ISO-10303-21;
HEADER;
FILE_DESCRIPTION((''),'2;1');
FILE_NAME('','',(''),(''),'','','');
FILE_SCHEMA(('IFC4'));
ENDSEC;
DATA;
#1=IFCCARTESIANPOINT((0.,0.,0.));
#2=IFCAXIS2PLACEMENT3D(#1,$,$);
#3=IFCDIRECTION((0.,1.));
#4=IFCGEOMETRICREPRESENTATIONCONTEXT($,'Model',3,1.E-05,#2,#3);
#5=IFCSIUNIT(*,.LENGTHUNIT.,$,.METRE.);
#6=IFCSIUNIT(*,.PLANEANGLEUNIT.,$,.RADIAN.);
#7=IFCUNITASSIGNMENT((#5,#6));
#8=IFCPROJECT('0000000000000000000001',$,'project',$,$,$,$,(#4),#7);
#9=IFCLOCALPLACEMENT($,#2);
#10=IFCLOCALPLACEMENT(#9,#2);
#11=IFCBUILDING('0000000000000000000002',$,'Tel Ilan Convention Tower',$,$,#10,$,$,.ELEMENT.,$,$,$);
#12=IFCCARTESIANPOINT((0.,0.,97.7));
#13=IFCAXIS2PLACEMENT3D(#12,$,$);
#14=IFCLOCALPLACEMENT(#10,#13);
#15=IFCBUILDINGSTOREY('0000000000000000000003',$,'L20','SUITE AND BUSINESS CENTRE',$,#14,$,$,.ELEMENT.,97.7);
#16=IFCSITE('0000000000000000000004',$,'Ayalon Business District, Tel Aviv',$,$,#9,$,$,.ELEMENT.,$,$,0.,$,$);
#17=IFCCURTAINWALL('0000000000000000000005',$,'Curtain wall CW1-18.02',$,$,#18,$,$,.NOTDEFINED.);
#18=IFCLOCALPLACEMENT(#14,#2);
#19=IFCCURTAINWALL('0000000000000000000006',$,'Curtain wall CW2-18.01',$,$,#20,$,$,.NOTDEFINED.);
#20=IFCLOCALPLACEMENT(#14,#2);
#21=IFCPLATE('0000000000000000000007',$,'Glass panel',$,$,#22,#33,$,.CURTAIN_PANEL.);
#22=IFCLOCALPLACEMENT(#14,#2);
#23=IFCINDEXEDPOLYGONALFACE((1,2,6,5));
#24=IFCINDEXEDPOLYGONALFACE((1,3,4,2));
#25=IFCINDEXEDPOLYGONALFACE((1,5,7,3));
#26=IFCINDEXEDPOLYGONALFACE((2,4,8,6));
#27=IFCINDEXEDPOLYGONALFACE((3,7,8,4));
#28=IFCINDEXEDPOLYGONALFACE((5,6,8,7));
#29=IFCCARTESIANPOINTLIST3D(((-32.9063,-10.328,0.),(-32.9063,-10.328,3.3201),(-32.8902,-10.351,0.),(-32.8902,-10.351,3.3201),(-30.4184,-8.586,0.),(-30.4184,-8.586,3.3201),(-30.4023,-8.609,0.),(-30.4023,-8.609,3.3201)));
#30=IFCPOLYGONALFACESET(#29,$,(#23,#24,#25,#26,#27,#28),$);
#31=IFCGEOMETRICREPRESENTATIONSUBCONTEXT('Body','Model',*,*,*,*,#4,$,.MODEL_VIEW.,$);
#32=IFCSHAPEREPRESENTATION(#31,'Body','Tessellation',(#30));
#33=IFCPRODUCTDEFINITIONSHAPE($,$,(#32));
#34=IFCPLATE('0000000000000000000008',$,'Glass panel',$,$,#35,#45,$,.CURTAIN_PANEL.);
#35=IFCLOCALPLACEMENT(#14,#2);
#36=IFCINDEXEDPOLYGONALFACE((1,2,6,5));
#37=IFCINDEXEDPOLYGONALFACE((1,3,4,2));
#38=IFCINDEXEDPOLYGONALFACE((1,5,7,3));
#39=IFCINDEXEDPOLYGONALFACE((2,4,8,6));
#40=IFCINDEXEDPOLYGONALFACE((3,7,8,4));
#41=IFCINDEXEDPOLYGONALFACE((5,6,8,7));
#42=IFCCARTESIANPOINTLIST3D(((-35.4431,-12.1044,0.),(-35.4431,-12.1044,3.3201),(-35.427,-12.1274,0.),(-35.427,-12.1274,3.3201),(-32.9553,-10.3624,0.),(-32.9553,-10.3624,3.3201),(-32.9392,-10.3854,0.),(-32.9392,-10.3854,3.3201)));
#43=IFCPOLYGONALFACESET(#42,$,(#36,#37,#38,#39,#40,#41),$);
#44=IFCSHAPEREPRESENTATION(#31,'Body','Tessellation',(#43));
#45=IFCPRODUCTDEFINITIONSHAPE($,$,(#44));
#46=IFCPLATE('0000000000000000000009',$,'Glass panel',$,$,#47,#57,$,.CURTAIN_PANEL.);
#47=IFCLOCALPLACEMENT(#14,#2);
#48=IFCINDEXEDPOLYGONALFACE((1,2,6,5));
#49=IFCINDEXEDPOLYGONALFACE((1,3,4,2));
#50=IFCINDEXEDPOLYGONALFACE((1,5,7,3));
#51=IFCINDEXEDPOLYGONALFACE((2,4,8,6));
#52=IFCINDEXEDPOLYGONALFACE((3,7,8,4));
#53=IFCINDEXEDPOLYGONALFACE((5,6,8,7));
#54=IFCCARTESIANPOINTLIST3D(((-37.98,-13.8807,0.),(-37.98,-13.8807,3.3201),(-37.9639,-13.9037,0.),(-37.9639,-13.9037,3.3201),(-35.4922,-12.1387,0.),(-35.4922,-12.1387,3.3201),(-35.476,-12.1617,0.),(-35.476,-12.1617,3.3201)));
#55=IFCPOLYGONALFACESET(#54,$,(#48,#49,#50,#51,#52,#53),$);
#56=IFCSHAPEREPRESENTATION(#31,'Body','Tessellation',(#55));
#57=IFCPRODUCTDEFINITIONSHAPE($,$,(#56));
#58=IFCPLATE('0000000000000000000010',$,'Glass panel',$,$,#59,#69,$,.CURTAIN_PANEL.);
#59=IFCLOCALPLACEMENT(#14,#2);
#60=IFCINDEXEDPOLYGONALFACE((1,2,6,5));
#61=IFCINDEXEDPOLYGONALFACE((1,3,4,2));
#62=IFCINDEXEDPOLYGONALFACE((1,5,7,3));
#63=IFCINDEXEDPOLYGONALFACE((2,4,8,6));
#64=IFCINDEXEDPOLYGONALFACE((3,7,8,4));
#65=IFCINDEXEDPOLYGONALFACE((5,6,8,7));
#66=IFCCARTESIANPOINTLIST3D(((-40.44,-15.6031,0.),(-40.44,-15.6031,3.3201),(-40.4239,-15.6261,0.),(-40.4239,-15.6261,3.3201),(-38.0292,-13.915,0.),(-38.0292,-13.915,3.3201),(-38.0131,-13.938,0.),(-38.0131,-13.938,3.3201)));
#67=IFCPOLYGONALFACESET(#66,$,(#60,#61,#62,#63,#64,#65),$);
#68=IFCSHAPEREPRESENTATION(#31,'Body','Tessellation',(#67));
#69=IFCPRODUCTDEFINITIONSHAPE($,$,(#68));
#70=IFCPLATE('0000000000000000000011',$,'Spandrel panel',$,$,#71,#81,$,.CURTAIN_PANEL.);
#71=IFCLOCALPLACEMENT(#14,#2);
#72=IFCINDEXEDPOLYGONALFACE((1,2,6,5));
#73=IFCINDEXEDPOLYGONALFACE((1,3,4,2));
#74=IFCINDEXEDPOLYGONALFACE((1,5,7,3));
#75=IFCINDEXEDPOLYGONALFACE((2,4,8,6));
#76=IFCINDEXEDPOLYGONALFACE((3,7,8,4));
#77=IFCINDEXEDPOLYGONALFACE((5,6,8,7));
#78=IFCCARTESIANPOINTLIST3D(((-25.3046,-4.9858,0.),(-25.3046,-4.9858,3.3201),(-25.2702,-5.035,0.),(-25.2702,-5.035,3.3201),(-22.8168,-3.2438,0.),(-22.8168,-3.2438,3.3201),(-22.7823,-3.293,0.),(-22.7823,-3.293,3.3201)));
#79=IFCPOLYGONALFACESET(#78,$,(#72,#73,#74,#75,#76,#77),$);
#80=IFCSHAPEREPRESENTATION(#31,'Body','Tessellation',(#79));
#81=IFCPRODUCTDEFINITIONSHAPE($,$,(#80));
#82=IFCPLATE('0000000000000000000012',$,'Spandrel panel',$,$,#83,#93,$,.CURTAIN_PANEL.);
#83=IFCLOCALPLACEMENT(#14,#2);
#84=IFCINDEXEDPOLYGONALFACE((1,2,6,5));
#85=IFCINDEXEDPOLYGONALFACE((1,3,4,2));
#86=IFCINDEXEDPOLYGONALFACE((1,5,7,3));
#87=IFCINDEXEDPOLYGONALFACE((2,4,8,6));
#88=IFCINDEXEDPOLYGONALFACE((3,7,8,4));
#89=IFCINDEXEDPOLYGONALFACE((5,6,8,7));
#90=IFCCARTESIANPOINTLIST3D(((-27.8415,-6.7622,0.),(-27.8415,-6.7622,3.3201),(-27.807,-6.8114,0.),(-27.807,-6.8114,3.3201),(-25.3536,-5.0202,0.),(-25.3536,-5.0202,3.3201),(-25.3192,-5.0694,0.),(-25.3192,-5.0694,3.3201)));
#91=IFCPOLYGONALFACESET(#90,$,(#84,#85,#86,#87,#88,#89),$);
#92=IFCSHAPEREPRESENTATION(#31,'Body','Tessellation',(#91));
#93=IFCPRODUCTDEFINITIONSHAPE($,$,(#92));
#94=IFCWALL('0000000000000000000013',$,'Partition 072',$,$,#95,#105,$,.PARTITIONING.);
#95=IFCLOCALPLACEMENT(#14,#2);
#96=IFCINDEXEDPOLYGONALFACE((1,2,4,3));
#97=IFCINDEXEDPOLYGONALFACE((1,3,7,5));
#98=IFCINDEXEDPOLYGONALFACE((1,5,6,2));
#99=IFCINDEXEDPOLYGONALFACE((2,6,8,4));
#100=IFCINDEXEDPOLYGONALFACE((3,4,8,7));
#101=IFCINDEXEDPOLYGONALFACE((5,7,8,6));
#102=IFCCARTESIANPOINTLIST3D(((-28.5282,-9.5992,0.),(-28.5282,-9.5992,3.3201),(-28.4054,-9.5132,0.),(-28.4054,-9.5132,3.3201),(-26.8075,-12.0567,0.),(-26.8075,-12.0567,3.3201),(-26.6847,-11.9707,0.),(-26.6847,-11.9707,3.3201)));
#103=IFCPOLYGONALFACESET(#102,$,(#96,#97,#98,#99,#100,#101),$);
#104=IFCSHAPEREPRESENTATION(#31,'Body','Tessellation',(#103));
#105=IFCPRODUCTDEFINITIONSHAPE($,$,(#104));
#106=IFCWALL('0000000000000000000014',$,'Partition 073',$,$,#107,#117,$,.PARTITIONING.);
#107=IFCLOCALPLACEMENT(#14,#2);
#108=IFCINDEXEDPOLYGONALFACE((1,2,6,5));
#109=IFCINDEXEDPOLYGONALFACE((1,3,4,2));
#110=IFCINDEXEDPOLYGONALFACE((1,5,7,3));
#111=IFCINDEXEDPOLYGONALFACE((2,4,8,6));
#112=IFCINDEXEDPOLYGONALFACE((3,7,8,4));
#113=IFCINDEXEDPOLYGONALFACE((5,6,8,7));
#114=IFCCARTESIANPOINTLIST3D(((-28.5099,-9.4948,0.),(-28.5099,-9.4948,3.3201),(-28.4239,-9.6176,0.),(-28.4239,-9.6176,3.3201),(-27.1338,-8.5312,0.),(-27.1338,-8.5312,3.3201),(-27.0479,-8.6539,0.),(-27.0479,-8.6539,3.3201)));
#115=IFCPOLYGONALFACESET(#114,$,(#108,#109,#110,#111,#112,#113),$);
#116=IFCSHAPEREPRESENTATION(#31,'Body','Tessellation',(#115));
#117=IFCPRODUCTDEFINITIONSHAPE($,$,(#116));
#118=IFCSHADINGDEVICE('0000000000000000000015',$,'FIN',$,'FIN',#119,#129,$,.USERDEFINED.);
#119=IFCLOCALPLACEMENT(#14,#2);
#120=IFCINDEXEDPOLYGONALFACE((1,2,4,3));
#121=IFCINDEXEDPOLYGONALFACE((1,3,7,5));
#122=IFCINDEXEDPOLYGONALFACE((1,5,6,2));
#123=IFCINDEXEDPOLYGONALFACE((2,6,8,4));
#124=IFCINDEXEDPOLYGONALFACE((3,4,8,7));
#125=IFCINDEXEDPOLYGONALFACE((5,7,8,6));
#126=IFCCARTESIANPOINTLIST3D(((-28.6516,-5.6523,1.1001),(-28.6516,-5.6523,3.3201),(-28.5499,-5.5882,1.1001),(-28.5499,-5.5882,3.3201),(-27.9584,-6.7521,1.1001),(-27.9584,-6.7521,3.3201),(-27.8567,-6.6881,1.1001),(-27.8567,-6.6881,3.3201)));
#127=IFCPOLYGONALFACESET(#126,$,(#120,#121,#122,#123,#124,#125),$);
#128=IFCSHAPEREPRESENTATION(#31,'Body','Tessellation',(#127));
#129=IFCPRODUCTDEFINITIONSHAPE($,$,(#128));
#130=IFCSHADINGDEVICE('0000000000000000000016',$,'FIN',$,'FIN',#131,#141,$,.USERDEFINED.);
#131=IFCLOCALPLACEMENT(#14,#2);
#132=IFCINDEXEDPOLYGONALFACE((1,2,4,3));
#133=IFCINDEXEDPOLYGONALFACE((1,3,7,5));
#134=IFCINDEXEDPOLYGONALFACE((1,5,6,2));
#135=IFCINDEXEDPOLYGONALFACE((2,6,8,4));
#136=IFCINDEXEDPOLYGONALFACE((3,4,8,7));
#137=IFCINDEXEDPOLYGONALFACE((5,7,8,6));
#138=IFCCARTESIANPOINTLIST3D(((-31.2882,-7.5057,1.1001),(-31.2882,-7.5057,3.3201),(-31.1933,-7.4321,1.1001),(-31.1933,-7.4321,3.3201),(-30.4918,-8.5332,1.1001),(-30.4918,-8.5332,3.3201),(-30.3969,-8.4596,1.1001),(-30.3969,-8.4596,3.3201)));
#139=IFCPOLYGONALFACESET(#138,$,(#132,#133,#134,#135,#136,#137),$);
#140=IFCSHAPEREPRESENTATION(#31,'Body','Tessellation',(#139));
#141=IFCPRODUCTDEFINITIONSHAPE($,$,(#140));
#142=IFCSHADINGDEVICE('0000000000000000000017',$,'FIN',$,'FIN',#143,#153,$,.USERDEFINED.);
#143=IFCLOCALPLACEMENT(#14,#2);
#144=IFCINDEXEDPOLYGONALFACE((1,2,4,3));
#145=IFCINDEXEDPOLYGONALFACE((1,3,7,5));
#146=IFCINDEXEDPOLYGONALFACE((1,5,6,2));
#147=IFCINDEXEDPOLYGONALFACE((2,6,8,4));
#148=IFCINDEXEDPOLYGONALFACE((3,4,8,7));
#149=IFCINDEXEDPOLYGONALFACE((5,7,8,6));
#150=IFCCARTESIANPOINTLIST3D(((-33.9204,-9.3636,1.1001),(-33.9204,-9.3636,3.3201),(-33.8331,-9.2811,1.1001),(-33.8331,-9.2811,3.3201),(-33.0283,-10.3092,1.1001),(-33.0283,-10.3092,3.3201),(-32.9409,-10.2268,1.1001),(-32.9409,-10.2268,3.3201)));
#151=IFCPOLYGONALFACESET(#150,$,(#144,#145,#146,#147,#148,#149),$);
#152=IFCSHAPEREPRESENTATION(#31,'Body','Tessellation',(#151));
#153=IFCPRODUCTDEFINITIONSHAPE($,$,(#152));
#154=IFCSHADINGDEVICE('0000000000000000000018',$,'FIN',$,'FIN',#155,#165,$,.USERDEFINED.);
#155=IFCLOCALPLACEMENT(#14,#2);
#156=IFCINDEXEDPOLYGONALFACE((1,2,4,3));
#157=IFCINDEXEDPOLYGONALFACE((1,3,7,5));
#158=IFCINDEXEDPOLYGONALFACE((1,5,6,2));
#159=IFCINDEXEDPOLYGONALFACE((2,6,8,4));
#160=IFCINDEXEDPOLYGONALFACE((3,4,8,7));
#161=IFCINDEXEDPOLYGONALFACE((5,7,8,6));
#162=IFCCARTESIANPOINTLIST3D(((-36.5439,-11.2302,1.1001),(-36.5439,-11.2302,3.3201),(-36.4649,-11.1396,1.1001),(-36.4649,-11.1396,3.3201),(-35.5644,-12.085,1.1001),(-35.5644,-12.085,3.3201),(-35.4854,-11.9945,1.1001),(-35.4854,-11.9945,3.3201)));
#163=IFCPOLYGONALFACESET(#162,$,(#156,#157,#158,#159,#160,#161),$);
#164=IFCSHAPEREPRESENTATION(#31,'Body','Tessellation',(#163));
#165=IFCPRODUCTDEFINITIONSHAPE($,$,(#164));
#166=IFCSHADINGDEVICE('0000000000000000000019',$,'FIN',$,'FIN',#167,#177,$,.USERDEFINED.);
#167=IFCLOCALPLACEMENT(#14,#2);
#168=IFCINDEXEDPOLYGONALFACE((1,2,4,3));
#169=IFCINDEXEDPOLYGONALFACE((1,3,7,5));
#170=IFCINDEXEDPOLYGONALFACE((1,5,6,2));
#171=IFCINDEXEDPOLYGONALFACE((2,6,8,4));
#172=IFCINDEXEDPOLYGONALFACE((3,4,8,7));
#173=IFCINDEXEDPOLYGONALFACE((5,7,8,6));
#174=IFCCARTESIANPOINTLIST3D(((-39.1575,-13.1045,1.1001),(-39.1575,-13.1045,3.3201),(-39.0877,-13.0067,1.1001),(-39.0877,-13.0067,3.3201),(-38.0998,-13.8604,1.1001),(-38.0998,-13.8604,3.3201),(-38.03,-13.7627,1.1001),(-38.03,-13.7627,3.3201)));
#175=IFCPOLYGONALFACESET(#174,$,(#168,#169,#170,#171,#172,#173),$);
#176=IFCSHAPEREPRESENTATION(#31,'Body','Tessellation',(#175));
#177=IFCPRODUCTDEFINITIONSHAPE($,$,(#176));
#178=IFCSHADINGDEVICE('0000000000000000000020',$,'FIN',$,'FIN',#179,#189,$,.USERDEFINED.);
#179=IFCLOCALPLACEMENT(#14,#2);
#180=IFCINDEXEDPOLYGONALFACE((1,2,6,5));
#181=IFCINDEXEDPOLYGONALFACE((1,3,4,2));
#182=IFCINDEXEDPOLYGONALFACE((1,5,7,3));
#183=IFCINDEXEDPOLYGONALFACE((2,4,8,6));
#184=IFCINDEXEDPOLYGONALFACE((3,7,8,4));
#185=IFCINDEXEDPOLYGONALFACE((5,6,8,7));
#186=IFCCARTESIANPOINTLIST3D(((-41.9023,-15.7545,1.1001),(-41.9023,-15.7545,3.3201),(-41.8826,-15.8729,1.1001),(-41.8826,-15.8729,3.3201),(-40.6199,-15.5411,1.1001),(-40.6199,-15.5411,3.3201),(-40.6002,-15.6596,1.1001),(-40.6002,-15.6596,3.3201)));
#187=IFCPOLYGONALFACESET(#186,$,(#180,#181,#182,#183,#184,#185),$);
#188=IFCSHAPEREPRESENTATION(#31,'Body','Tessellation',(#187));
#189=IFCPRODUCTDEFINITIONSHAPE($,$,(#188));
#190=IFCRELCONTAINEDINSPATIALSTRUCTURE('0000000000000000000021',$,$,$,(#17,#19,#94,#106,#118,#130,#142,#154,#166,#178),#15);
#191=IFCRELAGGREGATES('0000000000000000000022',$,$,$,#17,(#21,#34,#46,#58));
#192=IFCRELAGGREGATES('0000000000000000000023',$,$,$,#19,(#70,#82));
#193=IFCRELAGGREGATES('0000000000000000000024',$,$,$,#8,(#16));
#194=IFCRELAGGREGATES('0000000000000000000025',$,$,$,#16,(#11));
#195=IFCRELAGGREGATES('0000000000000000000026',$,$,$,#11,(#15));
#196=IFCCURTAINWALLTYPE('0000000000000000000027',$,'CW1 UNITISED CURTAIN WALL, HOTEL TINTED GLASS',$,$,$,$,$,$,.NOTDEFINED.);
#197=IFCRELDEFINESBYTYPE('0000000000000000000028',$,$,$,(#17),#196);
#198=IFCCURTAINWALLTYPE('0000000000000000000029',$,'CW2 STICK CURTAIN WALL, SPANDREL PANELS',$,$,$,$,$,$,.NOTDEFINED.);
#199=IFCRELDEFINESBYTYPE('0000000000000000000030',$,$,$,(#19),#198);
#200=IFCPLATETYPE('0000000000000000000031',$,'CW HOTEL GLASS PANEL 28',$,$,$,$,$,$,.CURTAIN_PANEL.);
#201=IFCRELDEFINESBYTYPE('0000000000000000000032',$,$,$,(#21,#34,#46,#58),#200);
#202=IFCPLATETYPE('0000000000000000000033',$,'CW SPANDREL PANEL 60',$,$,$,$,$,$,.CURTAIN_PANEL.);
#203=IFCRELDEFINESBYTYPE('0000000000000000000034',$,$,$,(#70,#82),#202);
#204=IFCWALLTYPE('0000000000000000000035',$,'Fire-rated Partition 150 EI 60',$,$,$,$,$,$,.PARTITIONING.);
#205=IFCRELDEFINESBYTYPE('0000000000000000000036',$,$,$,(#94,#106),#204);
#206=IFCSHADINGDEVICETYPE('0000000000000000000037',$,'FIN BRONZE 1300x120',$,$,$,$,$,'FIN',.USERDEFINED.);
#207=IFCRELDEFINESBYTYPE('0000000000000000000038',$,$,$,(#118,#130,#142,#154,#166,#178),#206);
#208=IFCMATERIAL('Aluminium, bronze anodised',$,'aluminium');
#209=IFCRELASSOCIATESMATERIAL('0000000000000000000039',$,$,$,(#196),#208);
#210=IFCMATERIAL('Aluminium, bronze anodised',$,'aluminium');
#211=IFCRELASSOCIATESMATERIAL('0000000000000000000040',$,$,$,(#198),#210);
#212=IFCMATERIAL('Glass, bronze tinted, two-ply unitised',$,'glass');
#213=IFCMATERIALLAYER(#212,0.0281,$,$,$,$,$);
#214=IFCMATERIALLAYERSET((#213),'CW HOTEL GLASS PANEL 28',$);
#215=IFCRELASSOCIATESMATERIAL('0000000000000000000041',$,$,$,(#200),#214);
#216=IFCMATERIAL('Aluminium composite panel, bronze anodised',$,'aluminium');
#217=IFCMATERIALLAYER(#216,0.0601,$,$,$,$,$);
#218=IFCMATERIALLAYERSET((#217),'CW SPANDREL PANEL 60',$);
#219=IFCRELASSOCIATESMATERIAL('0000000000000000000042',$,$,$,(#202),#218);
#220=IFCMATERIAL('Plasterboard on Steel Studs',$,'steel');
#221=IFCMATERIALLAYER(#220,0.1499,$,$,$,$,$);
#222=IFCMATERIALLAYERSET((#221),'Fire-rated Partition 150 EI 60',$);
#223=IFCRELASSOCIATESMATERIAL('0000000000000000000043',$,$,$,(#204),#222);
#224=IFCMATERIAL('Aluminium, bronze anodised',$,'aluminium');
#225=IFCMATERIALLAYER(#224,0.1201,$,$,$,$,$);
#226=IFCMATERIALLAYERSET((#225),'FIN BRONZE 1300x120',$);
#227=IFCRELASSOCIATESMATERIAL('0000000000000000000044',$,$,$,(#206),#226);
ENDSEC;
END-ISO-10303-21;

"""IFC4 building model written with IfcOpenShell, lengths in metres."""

from ifc_helpers import new_model, si_unit, direction, frame, frame_2d, origin, origin_2d, place, context, subcontext, project, spatial, rectangle, extrude, material, layer, layer_set, type_object, element, aggregate, save


model = new_model("IFC4")

# Units and contexts
model_context = context("Model", 3, precision=1e-05, world=origin(), true_north=direction((0.0, 1.0)))
body_context = subcontext(model_context, "Body", "Model", "MODEL_VIEW")
ifc_project = project(units=[si_unit("LENGTHUNIT", "METRE"), si_unit("PLANEANGLEUNIT", "RADIAN")], contexts=[model_context])

# Site, building, storey
site_placement = place(None, origin())
site = spatial("IfcSite", under=ifc_project, at=site_placement, Name="Ayalon Business District, Tel Aviv", CompositionType="ELEMENT", RefElevation=0.0)
building_placement = place(site_placement, origin())
building = spatial("IfcBuilding", under=site, at=building_placement, Name="Tel Ilan Convention Tower", CompositionType="ELEMENT")
storey_placement = place(building_placement, frame((0.0, 0.0, 97.7)))
storey = spatial("IfcBuildingStorey", under=building, at=storey_placement, Name="L20", Description="SUITE AND BUSINESS CENTRE", CompositionType="ELEMENT", Elevation=97.7)

# Curtain wall
ifc_material_1 = material(Name="Aluminium, bronze anodised", Category="aluminium")
curtain_wall_type_1 = type_object("IfcCurtainWallType", Name="CW1 UNITISED CURTAIN WALL, HOTEL TINTED GLASS", PredefinedType="NOTDEFINED", material=ifc_material_1)
curtain_wall_1_placement = place(storey_placement, origin())
curtain_wall_1 = element("IfcCurtainWall", 1, at=curtain_wall_1_placement, inside=storey, type_object=curtain_wall_type_1, Name="Curtain wall CW1-18.02", PredefinedType="NOTDEFINED")

# Curtain wall
ifc_material_2 = material(Name="Aluminium, bronze anodised", Category="aluminium")
curtain_wall_type_2 = type_object("IfcCurtainWallType", Name="CW2 STICK CURTAIN WALL, SPANDREL PANELS", PredefinedType="NOTDEFINED", material=ifc_material_2)
curtain_wall_2_placement = place(storey_placement, origin())
curtain_wall_2 = element("IfcCurtainWall", 2, at=curtain_wall_2_placement, inside=storey, type_object=curtain_wall_type_2, Name="Curtain wall CW2-18.01", PredefinedType="NOTDEFINED")

# Plates
ifc_material_3 = material(Name="Glass, bronze tinted, two-ply unitised", Category="glass")
ifc_layer_1 = layer(ifc_material_3, 0.0281)
ifc_layer_set_1 = layer_set([ifc_layer_1], Name="CW HOTEL GLASS PANEL 28")
plate_type_1 = type_object("IfcPlateType", Name="CW HOTEL GLASS PANEL 28", PredefinedType="CURTAIN_PANEL", material=ifc_layer_set_1)
plate_1_placement = place(storey_placement, frame((-31.6543, -9.4685, 0.0), z_axis=(0.0, 0.0, 1.0), x_axis=(-0.819152, -0.573576, 0.0)))
plate_1 = element("IfcPlate", 3, at=plate_1_placement, type_object=plate_type_1, Name="Glass panel", PredefinedType="CURTAIN_PANEL", context=body_context, shape_type="SweptSolid", body=[
    extrude(rectangle(XDim=3.0371, YDim=0.0281, at=origin_2d()), origin(), (0.0, 0.0, 1.0), 3.3201),
])
plate_2_placement = place(storey_placement, frame((-34.1912, -11.2449, 0.0), z_axis=(0.0, 0.0, 1.0), x_axis=(-0.819152, -0.573576, 0.0)))
plate_2 = element("IfcPlate", 4, at=plate_2_placement, type_object=plate_type_1, Name="Glass panel", PredefinedType="CURTAIN_PANEL", context=body_context, shape_type="SweptSolid", body=[
    extrude(rectangle(XDim=3.0371, YDim=0.0281, at=origin_2d()), origin(), (0.0, 0.0, 1.0), 3.3201),
])
plate_3_placement = place(storey_placement, frame((-36.728, -13.0212, 0.0), z_axis=(0.0, 0.0, 1.0), x_axis=(-0.819152, -0.573576, 0.0)))
plate_3 = element("IfcPlate", 5, at=plate_3_placement, type_object=plate_type_1, Name="Glass panel", PredefinedType="CURTAIN_PANEL", context=body_context, shape_type="SweptSolid", body=[
    extrude(rectangle(XDim=3.0371, YDim=0.0281, at=origin_2d()), origin(), (0.0, 0.0, 1.0), 3.3201),
])
plate_4_placement = place(storey_placement, frame((-39.2266, -14.7705, 0.0), z_axis=(0.0, 0.0, 1.0), x_axis=(-0.819152, -0.573576, 0.0)))
plate_4 = element("IfcPlate", 6, at=plate_4_placement, type_object=plate_type_1, Name="Glass panel", PredefinedType="CURTAIN_PANEL", context=body_context, shape_type="SweptSolid", body=[
    extrude(rectangle(XDim=2.9431, YDim=0.0281, at=origin_2d()), origin(), (0.0, 0.0, 1.0), 3.3201),
])
aggregate(curtain_wall_1, [plate_1, plate_2, plate_3, plate_4])
ifc_material_4 = material(Name="Aluminium composite panel, bronze anodised", Category="aluminium")
ifc_layer_2 = layer(ifc_material_4, 0.0601)
ifc_layer_set_2 = layer_set([ifc_layer_2], Name="CW SPANDREL PANEL 60")
plate_type_2 = type_object("IfcPlateType", Name="CW SPANDREL PANEL 60", PredefinedType="CURTAIN_PANEL", material=ifc_layer_set_2)
plate_5_placement = place(storey_placement, frame((-24.0435, -4.1394, 0.0), z_axis=(0.0, 0.0, 1.0), x_axis=(-0.819152, -0.573576, 0.0)))
plate_5 = element("IfcPlate", 7, at=plate_5_placement, type_object=plate_type_2, Name="Spandrel panel", PredefinedType="CURTAIN_PANEL", context=body_context, shape_type="SweptSolid", body=[
    extrude(rectangle(XDim=3.0371, YDim=0.0601, at=origin_2d()), origin(), (0.0, 0.0, 1.0), 3.3201),
])
plate_6_placement = place(storey_placement, frame((-26.5803, -5.9158, 0.0), z_axis=(0.0, 0.0, 1.0), x_axis=(-0.819152, -0.573576, 0.0)))
plate_6 = element("IfcPlate", 8, at=plate_6_placement, type_object=plate_type_2, Name="Spandrel panel", PredefinedType="CURTAIN_PANEL", context=body_context, shape_type="SweptSolid", body=[
    extrude(rectangle(XDim=3.0371, YDim=0.0601, at=origin_2d()), origin(), (0.0, 0.0, 1.0), 3.3201),
])
aggregate(curtain_wall_2, [plate_5, plate_6])

# Walls
ifc_material_5 = material(Name="Plasterboard on Steel Studs", Category="steel")
ifc_layer_3 = layer(ifc_material_5, 0.1499)
ifc_layer_set_3 = layer_set([ifc_layer_3], Name="Fire-rated Partition 150 EI 60")
wall_type = type_object("IfcWallType", Name="Fire-rated Partition 150 EI 60", PredefinedType="PARTITIONING", material=ifc_layer_set_3)
wall_1_placement = place(storey_placement, frame((-26.7461, -12.0137, 0.0), z_axis=(0.0, 0.0, 1.0), x_axis=(-0.573561, 0.819163, 0.0)))
element("IfcWall", 9, at=wall_1_placement, inside=storey, type_object=wall_type, Name="Partition 072", PredefinedType="PARTITIONING", context=body_context, shape_type="SweptSolid", body=[
    extrude(rectangle(XDim=3.0, YDim=0.1499, at=frame_2d((1.5, 0.0))), origin(), (0.0, 0.0, 1.0), 3.3201),
])
wall_2_placement = place(storey_placement, frame((-28.4668, -9.5562, 0.0), z_axis=(0.0, 0.0, 1.0), x_axis=(0.819109, 0.573638, 0.0)))
element("IfcWall", 10, at=wall_2_placement, inside=storey, type_object=wall_type, Name="Partition 073", PredefinedType="PARTITIONING", context=body_context, shape_type="SweptSolid", body=[
    extrude(rectangle(XDim=1.6799, YDim=0.1499, at=frame_2d((0.8398, 0.0))), origin(), (0.0, 0.0, 1.0), 3.3201),
])

# Shading devices
ifc_material_6 = material(Name="Aluminium, bronze anodised", Category="aluminium")
ifc_layer_4 = layer(ifc_material_6, 0.1201)
ifc_layer_set_4 = layer_set([ifc_layer_4], Name="FIN BRONZE 1300x120")
shading_device_type = type_object("IfcShadingDeviceType", Name="FIN BRONZE 1300x120", ElementType="FIN", PredefinedType="USERDEFINED", material=ifc_layer_set_4)
for number, where, z_axis, x_axis, name in (
    (11, (-28.2542, -6.1702, 1.1001), (0.0, 0.0, 1.0), (-0.533204, 0.845986, 0.0), "FIN"),
    (12, (-30.8425, -7.9827, 1.1001), (0.0, 0.0, 1.0), (-0.612601, 0.790393, 0.0), "FIN"),
    (13, (-33.4307, -9.7952, 1.1001), (0.0, 0.0, 1.0), (-0.686242, 0.727374, 0.0), "FIN"),
    (14, (-36.0146, -11.6123, 1.1001), (0.0, 0.0, 1.0), (-0.753436, 0.657521, 0.0), "FIN"),
    (15, (-38.5938, -13.4336, 1.1001), (0.0, 0.0, 1.0), (-0.813552, 0.581492, 0.0), "FIN"),
    (16, (-41.2512, -15.707, 1.1001), (0.0, 0.0, 1.0), (-0.986445, -0.164091, 0.0), "FIN"),
):
    element("IfcShadingDevice", number, at=place(storey_placement, frame(where, z_axis=z_axis, x_axis=x_axis)), inside=storey, type_object=shading_device_type, Name=name, ObjectType="FIN", PredefinedType="USERDEFINED", context=body_context, shape_type="SweptSolid", body=[
        extrude(rectangle(XDim=1.3, YDim=0.1201, at=origin_2d()), origin(), (0.0, 0.0, 1.0), 2.22),
    ])

save(model, "model.ifc")
